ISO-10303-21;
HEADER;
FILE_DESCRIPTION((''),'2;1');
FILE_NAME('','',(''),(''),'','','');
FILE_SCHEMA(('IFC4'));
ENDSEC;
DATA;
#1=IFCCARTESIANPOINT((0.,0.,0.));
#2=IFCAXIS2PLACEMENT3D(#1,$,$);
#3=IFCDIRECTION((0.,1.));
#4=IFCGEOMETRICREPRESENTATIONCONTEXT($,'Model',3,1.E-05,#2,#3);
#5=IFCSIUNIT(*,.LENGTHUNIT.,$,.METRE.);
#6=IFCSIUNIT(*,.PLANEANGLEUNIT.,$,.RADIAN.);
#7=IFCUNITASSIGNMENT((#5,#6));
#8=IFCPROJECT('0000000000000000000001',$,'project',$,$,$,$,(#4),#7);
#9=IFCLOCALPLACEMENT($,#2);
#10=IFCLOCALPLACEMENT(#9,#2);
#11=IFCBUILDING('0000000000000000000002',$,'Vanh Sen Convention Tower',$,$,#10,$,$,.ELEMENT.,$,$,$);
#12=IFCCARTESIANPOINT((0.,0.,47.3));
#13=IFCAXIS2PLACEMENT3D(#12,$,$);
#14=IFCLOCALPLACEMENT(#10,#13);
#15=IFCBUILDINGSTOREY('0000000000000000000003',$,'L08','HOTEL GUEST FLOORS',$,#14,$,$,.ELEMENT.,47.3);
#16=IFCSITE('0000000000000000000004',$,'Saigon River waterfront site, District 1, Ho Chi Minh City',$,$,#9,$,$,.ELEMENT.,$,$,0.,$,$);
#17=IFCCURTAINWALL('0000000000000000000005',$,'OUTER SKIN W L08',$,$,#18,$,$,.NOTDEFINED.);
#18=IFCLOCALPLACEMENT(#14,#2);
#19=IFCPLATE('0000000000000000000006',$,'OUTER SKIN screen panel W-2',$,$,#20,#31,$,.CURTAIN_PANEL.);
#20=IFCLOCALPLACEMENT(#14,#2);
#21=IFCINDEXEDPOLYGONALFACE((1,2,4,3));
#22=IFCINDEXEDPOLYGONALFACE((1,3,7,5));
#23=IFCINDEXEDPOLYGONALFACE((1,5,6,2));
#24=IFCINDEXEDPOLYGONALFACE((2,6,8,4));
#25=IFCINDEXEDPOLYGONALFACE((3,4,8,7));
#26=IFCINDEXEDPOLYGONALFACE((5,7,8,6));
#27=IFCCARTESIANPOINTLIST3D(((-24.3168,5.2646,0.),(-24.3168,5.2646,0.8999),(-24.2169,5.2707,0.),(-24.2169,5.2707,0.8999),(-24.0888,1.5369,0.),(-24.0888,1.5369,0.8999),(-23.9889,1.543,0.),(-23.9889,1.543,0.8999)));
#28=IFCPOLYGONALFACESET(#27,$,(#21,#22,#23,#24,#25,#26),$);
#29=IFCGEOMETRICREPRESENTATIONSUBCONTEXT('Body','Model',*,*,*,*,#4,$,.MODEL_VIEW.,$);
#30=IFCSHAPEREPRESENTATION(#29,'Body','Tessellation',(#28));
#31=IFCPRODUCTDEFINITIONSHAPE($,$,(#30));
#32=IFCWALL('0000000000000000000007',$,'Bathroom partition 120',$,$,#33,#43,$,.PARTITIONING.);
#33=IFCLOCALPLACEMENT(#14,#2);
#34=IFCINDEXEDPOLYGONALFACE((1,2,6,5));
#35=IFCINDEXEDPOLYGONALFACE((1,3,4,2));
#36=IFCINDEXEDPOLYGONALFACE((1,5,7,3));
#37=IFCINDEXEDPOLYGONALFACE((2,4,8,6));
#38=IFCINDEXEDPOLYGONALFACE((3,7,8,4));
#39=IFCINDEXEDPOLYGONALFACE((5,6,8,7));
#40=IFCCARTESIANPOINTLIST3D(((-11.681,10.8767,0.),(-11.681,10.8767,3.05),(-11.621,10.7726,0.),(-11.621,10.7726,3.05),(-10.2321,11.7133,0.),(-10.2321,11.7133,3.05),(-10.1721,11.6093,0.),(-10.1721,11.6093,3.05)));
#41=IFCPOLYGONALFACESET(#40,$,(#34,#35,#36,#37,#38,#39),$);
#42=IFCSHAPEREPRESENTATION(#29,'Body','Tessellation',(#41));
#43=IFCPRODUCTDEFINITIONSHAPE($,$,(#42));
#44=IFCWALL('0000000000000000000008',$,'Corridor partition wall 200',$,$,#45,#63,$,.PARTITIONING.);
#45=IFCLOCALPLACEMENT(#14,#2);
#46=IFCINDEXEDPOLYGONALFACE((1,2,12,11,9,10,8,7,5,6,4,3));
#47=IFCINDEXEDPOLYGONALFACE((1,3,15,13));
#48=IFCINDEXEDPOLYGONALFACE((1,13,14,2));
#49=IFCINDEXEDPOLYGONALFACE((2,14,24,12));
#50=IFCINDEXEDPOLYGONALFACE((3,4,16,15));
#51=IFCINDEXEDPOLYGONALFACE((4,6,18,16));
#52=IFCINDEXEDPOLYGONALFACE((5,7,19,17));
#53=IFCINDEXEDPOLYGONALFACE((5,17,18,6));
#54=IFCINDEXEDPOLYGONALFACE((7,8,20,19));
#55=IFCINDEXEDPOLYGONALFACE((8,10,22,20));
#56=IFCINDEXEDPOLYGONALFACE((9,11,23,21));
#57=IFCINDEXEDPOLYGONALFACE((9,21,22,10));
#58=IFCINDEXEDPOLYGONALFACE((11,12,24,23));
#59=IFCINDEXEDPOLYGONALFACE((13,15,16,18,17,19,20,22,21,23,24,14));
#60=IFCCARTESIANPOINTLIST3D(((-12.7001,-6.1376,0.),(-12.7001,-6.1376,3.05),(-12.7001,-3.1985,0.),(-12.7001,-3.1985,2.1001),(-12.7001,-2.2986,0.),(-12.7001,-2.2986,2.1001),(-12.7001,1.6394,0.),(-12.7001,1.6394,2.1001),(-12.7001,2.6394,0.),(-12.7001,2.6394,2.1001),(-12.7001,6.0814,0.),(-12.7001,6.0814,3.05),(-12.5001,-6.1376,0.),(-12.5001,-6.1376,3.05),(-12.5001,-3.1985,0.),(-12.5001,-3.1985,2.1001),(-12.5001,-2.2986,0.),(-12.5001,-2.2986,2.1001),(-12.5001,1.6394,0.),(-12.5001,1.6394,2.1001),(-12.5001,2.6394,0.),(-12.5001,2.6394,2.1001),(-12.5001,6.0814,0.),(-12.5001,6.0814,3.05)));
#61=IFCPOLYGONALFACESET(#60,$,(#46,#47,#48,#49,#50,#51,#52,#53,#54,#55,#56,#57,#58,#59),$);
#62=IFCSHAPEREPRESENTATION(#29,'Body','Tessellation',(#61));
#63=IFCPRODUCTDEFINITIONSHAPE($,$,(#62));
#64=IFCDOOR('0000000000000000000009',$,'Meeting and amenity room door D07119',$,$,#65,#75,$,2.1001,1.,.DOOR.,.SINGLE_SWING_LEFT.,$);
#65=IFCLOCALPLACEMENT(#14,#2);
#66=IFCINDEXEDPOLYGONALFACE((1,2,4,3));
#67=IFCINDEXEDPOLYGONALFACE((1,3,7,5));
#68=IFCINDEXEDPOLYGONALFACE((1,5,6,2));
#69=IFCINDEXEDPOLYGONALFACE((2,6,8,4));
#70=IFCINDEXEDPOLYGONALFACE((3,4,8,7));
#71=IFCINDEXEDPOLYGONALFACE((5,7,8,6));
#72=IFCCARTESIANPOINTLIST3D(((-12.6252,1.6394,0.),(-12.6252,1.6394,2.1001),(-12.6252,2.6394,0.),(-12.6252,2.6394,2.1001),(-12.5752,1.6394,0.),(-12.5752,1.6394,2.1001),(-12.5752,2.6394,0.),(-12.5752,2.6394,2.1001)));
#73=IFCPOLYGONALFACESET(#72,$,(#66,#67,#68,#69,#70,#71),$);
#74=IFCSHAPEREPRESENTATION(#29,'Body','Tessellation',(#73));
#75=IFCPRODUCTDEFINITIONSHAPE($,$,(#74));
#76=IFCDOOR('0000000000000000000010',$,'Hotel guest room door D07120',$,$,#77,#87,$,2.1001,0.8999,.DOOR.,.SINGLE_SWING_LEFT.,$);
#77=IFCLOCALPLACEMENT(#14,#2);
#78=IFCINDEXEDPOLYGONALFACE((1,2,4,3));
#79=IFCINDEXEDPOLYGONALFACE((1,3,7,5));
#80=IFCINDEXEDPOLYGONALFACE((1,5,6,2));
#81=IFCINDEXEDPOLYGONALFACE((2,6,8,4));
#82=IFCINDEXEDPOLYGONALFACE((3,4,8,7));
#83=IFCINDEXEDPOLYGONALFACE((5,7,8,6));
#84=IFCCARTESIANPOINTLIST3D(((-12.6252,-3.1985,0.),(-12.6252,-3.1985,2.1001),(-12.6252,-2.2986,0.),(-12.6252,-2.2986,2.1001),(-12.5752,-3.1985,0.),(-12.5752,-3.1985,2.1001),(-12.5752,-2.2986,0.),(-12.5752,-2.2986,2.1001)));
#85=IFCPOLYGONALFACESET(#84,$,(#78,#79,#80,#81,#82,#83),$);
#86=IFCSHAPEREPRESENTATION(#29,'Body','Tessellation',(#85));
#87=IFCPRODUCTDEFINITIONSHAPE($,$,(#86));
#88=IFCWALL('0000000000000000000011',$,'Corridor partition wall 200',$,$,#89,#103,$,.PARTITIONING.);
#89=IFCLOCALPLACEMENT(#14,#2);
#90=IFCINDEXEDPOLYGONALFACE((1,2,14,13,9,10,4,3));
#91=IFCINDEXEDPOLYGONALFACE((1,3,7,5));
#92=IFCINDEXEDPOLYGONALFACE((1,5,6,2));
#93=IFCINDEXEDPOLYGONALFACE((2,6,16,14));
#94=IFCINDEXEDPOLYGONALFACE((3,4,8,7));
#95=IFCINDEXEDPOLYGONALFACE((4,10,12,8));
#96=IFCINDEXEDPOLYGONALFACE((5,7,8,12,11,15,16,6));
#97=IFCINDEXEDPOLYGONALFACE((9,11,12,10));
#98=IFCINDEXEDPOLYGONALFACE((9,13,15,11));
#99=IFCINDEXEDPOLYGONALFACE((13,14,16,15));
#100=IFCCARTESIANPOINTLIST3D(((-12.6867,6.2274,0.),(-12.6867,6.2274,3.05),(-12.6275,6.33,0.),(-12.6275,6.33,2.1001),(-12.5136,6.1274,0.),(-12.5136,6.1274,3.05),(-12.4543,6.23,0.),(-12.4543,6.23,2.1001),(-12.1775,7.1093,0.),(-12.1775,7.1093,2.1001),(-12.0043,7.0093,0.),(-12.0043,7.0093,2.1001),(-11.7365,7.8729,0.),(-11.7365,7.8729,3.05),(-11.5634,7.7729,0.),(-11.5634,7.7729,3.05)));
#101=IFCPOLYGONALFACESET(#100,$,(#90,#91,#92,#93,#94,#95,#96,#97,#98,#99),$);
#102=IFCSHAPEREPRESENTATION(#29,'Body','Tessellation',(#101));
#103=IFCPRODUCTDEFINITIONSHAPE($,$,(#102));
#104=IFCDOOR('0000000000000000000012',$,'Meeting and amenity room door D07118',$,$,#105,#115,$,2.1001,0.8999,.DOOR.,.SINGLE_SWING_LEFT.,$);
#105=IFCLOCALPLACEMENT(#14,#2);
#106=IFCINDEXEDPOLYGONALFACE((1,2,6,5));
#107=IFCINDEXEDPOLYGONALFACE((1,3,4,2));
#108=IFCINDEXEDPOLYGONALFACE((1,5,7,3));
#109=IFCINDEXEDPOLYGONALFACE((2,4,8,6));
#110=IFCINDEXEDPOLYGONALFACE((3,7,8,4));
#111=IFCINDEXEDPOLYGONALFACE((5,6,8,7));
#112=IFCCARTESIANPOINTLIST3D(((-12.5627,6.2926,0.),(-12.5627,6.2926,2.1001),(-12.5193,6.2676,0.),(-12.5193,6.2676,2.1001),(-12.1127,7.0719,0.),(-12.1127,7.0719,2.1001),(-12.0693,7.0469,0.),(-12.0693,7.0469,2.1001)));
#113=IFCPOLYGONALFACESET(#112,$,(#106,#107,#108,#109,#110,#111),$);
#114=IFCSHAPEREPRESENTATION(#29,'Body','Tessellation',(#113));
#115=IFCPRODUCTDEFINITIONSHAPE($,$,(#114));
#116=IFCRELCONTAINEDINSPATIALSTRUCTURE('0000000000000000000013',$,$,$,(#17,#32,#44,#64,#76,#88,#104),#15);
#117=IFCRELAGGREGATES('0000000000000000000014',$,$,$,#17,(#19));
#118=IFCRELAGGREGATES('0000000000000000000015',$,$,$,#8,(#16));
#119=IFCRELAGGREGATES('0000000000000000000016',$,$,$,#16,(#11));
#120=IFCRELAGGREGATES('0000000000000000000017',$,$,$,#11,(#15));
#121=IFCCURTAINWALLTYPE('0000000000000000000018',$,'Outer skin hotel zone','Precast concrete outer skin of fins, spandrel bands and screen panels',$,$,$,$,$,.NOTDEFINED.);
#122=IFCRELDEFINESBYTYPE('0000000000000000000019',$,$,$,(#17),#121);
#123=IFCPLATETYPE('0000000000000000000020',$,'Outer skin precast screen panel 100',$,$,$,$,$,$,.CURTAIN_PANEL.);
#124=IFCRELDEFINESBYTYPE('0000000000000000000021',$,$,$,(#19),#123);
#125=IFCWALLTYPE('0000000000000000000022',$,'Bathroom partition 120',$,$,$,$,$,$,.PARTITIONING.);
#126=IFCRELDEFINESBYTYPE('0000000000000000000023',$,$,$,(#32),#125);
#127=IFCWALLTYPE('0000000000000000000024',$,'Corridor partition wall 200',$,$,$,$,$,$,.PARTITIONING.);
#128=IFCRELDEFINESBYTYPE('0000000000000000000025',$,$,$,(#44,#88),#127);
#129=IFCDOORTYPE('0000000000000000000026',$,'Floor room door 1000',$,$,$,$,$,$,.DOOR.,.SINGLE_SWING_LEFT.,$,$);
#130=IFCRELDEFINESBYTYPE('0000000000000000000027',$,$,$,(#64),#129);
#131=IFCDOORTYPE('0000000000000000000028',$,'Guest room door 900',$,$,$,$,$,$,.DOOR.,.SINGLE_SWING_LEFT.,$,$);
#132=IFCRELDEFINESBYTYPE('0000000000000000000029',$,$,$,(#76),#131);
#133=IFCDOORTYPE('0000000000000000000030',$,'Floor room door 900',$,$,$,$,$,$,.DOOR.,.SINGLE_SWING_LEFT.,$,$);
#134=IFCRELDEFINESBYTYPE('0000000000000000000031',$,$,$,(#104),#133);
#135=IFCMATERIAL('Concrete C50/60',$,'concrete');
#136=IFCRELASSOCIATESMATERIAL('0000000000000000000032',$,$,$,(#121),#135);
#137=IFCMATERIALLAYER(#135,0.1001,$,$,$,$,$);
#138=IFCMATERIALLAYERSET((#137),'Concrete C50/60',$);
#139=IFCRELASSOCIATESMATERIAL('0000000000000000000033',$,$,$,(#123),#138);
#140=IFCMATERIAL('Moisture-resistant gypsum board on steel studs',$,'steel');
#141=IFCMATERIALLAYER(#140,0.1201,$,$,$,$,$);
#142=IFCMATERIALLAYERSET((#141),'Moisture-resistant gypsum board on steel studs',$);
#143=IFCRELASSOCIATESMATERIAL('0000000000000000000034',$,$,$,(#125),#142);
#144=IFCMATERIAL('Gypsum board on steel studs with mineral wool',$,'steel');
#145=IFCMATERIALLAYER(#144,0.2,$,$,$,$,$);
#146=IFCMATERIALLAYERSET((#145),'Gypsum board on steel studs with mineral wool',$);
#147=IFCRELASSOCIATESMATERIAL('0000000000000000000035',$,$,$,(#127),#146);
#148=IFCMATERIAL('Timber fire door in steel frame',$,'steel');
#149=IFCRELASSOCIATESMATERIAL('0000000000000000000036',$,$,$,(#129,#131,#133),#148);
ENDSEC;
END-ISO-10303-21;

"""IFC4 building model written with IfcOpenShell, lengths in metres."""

from ifc_helpers import new_model, si_unit, direction, frame, frame_2d, origin, origin_2d, place, context, subcontext, project, spatial, rectangle, extrude, material, layer, layer_set, type_object, element, fill, aggregate, save


model = new_model("IFC4")

# Units and contexts
model_context = context("Model", 3, precision=1e-05, world=origin(), true_north=direction((0.0, 1.0)))
body_context = subcontext(model_context, "Body", "Model", "MODEL_VIEW")
ifc_project = project(units=[si_unit("LENGTHUNIT", "METRE"), si_unit("PLANEANGLEUNIT", "RADIAN")], contexts=[model_context])

# Site, building, storey
site_placement = place(None, origin())
site = spatial("IfcSite", under=ifc_project, at=site_placement, Name="Saigon River waterfront site, District 1, Ho Chi Minh City", CompositionType="ELEMENT", RefElevation=0.0)
building_placement = place(site_placement, origin())
building = spatial("IfcBuilding", under=site, at=building_placement, Name="Vanh Sen Convention Tower", CompositionType="ELEMENT")
storey_placement = place(building_placement, frame((0.0, 0.0, 47.3)))
storey = spatial("IfcBuildingStorey", under=building, at=storey_placement, Name="L08", Description="HOTEL GUEST FLOORS", CompositionType="ELEMENT", Elevation=47.3)

# Curtain wall
ifc_material_1 = material(Name="Concrete C50/60", Category="concrete")
curtain_wall_type = type_object("IfcCurtainWallType", Name="Outer skin hotel zone", Description="Precast concrete outer skin of fins, spandrel bands and screen panels", PredefinedType="NOTDEFINED", material=ifc_material_1)
curtain_wall_1_placement = place(storey_placement, origin())
curtain_wall_1 = element("IfcCurtainWall", 1, at=curtain_wall_1_placement, inside=storey, type_object=curtain_wall_type, Name="OUTER SKIN W L08", PredefinedType="NOTDEFINED")

# Shared definitions
ifc_layer_1 = layer(ifc_material_1, 0.1001)
ifc_layer_set_1 = layer_set([ifc_layer_1], Name="Concrete C50/60")
plate_type = type_object("IfcPlateType", Name="Outer skin precast screen panel 100", PredefinedType="CURTAIN_PANEL", material=ifc_layer_set_1)

# Plate
plate_1_placement = place(storey_placement, frame((-24.1528, 3.4038, 0.0), z_axis=(0.0, 0.0, 1.0), x_axis=(0.061049, -0.998135, 0.0)))
plate_1 = element("IfcPlate", 2, at=plate_1_placement, type_object=plate_type, Name="OUTER SKIN screen panel W-2", PredefinedType="CURTAIN_PANEL", context=body_context, shape_type="SweptSolid", body=[
    extrude(rectangle(XDim=3.7346, YDim=0.1001, at=origin_2d()), origin(), (0.0, 0.0, 1.0), 0.8999),
])
aggregate(curtain_wall_1, [plate_1])

# Wall
ifc_material_2 = material(Name="Moisture-resistant gypsum board on steel studs", Category="steel")
ifc_layer_2 = layer(ifc_material_2, 0.1201)
ifc_layer_set_2 = layer_set([ifc_layer_2], Name="Moisture-resistant gypsum board on steel studs")
wall_type_1 = type_object("IfcWallType", Name="Bathroom partition 120", PredefinedType="PARTITIONING", material=ifc_layer_set_2)
wall_1_placement = place(storey_placement, frame((-11.6509, 10.8247, 0.0), z_axis=(0.0, 0.0, 1.0), x_axis=(0.865998, 0.500047, 0.0)))
element("IfcWall", 3, at=wall_1_placement, inside=storey, type_object=wall_type_1, Name="Bathroom partition 120", PredefinedType="PARTITIONING", context=body_context, shape_type="SweptSolid", body=[
    extrude(rectangle(XDim=1.6731, YDim=0.1201, at=frame_2d((0.8364, 0.0))), origin(), (0.0, 0.0, 1.0), 3.05),
])

# Wall, openings, doors
ifc_material_3 = material(Name="Gypsum board on steel studs with mineral wool", Category="steel")
ifc_layer_3 = layer(ifc_material_3, 0.2)
ifc_layer_set_3 = layer_set([ifc_layer_3], Name="Gypsum board on steel studs with mineral wool")
wall_type_2 = type_object("IfcWallType", Name="Corridor partition wall 200", PredefinedType="PARTITIONING", material=ifc_layer_set_3)
wall_2_placement = place(storey_placement, frame((-12.6001, 6.0813, 0.0), z_axis=(0.0, 0.0, 1.0), x_axis=(0.0, -1.0, 0.0)))
wall_2 = element("IfcWall", 4, at=wall_2_placement, inside=storey, type_object=wall_type_2, Name="Corridor partition wall 200", PredefinedType="PARTITIONING", context=body_context, shape_type="SweptSolid", body=[
    extrude(rectangle(XDim=12.219, YDim=0.2, at=frame_2d((6.1094, 0.0))), origin(), (0.0, 0.0, 1.0), 3.05),
])
opening_1_placement = place(wall_2_placement, frame((3.4419, 0.0, 0.0)))
opening_1 = element("IfcOpeningElement", 5, at=opening_1_placement, cuts=wall_2, PredefinedType="OPENING", context=body_context, shape_type="SweptSolid", body=[
    extrude(rectangle(XDim=1.0, YDim=2.1001, at=frame_2d((0.5, 1.05))), frame((0.0, 0.1099, 0.0), z_axis=(0.0, -1.0, 0.0), x_axis=(1.0, 0.0, 0.0)), (0.0, 0.0, 1.0), 0.22),
])
opening_2_placement = place(wall_2_placement, frame((8.3799, 0.0, 0.0)))
opening_2 = element("IfcOpeningElement", 6, at=opening_2_placement, cuts=wall_2, PredefinedType="OPENING", context=body_context, shape_type="SweptSolid", body=[
    extrude(rectangle(XDim=0.8999, YDim=2.1001, at=frame_2d((0.45, 1.05))), frame((0.0, 0.1099, 0.0), z_axis=(0.0, -1.0, 0.0), x_axis=(1.0, 0.0, 0.0)), (0.0, 0.0, 1.0), 0.22),
])
ifc_material_4 = material(Name="Timber fire door in steel frame", Category="steel")
door_type_1 = type_object("IfcDoorType", Name="Floor room door 1000", OperationType="SINGLE_SWING_LEFT", PredefinedType="DOOR", material=ifc_material_4)
door_1_placement = place(opening_1_placement, origin())
door_1 = element("IfcDoor", 7, at=door_1_placement, inside=storey, type_object=door_type_1, Name="Meeting and amenity room door D07119", OperationType="SINGLE_SWING_LEFT", OverallHeight=2.1001, OverallWidth=1.0, PredefinedType="DOOR", context=body_context, shape_type="SweptSolid", body=[
    extrude(rectangle(XDim=1.0, YDim=2.1001, at=frame_2d((0.5, 1.05))), frame((0.0, 0.0249, 0.0), z_axis=(0.0, -1.0, 0.0), x_axis=(1.0, 0.0, 0.0)), (0.0, 0.0, 1.0), 0.05),
])
fill(opening_1, door_1)
door_type_2 = type_object("IfcDoorType", Name="Guest room door 900", OperationType="SINGLE_SWING_LEFT", PredefinedType="DOOR", material=ifc_material_4)
door_2_placement = place(opening_2_placement, origin())
door_2 = element("IfcDoor", 8, at=door_2_placement, inside=storey, type_object=door_type_2, Name="Hotel guest room door D07120", OperationType="SINGLE_SWING_LEFT", OverallHeight=2.1001, OverallWidth=0.8999, PredefinedType="DOOR", context=body_context, shape_type="SweptSolid", body=[
    extrude(rectangle(XDim=0.8999, YDim=2.1001, at=frame_2d((0.45, 1.05))), frame((0.0, 0.0249, 0.0), z_axis=(0.0, -1.0, 0.0), x_axis=(1.0, 0.0, 0.0)), (0.0, 0.0, 1.0), 0.05),
])
fill(opening_2, door_2)

# Wall, opening, door
wall_3_placement = place(storey_placement, frame((-11.6499, 7.823, 0.0), z_axis=(0.0, 0.0, 1.0), x_axis=(-0.500064, -0.865989, 0.0)))
wall_3 = element("IfcWall", 9, at=wall_3_placement, inside=storey, type_object=wall_type_2, Name="Corridor partition wall 200", PredefinedType="PARTITIONING", context=body_context, shape_type="SweptSolid", body=[
    extrude(rectangle(XDim=1.9001, YDim=0.2, at=frame_2d((0.9502, 0.0))), origin(), (0.0, 0.0, 1.0), 3.05),
])
opening_3_placement = place(wall_3_placement, frame((0.8818, 0.0, 0.0)))
opening_3 = element("IfcOpeningElement", 10, at=opening_3_placement, cuts=wall_3, PredefinedType="OPENING", context=body_context, shape_type="SweptSolid", body=[
    extrude(rectangle(XDim=0.8999, YDim=2.1001, at=frame_2d((0.45, 1.05))), frame((0.0, 0.1099, 0.0), z_axis=(0.0, -1.0, 0.0), x_axis=(1.0, 0.0, 0.0)), (0.0, 0.0, 1.0), 0.22),
])
door_type_3 = type_object("IfcDoorType", Name="Floor room door 900", OperationType="SINGLE_SWING_LEFT", PredefinedType="DOOR", material=ifc_material_4)
door_3_placement = place(opening_3_placement, origin())
door_3 = element("IfcDoor", 11, at=door_3_placement, inside=storey, type_object=door_type_3, Name="Meeting and amenity room door D07118", OperationType="SINGLE_SWING_LEFT", OverallHeight=2.1001, OverallWidth=0.8999, PredefinedType="DOOR", context=body_context, shape_type="SweptSolid", body=[
    extrude(rectangle(XDim=0.8999, YDim=2.1001, at=frame_2d((0.45, 1.05))), frame((0.0, 0.0249, 0.0), z_axis=(0.0, -1.0, 0.0), x_axis=(1.0, 0.0, 0.0)), (0.0, 0.0, 1.0), 0.05),
])
fill(opening_3, door_3)

save(model, "model.ifc")
